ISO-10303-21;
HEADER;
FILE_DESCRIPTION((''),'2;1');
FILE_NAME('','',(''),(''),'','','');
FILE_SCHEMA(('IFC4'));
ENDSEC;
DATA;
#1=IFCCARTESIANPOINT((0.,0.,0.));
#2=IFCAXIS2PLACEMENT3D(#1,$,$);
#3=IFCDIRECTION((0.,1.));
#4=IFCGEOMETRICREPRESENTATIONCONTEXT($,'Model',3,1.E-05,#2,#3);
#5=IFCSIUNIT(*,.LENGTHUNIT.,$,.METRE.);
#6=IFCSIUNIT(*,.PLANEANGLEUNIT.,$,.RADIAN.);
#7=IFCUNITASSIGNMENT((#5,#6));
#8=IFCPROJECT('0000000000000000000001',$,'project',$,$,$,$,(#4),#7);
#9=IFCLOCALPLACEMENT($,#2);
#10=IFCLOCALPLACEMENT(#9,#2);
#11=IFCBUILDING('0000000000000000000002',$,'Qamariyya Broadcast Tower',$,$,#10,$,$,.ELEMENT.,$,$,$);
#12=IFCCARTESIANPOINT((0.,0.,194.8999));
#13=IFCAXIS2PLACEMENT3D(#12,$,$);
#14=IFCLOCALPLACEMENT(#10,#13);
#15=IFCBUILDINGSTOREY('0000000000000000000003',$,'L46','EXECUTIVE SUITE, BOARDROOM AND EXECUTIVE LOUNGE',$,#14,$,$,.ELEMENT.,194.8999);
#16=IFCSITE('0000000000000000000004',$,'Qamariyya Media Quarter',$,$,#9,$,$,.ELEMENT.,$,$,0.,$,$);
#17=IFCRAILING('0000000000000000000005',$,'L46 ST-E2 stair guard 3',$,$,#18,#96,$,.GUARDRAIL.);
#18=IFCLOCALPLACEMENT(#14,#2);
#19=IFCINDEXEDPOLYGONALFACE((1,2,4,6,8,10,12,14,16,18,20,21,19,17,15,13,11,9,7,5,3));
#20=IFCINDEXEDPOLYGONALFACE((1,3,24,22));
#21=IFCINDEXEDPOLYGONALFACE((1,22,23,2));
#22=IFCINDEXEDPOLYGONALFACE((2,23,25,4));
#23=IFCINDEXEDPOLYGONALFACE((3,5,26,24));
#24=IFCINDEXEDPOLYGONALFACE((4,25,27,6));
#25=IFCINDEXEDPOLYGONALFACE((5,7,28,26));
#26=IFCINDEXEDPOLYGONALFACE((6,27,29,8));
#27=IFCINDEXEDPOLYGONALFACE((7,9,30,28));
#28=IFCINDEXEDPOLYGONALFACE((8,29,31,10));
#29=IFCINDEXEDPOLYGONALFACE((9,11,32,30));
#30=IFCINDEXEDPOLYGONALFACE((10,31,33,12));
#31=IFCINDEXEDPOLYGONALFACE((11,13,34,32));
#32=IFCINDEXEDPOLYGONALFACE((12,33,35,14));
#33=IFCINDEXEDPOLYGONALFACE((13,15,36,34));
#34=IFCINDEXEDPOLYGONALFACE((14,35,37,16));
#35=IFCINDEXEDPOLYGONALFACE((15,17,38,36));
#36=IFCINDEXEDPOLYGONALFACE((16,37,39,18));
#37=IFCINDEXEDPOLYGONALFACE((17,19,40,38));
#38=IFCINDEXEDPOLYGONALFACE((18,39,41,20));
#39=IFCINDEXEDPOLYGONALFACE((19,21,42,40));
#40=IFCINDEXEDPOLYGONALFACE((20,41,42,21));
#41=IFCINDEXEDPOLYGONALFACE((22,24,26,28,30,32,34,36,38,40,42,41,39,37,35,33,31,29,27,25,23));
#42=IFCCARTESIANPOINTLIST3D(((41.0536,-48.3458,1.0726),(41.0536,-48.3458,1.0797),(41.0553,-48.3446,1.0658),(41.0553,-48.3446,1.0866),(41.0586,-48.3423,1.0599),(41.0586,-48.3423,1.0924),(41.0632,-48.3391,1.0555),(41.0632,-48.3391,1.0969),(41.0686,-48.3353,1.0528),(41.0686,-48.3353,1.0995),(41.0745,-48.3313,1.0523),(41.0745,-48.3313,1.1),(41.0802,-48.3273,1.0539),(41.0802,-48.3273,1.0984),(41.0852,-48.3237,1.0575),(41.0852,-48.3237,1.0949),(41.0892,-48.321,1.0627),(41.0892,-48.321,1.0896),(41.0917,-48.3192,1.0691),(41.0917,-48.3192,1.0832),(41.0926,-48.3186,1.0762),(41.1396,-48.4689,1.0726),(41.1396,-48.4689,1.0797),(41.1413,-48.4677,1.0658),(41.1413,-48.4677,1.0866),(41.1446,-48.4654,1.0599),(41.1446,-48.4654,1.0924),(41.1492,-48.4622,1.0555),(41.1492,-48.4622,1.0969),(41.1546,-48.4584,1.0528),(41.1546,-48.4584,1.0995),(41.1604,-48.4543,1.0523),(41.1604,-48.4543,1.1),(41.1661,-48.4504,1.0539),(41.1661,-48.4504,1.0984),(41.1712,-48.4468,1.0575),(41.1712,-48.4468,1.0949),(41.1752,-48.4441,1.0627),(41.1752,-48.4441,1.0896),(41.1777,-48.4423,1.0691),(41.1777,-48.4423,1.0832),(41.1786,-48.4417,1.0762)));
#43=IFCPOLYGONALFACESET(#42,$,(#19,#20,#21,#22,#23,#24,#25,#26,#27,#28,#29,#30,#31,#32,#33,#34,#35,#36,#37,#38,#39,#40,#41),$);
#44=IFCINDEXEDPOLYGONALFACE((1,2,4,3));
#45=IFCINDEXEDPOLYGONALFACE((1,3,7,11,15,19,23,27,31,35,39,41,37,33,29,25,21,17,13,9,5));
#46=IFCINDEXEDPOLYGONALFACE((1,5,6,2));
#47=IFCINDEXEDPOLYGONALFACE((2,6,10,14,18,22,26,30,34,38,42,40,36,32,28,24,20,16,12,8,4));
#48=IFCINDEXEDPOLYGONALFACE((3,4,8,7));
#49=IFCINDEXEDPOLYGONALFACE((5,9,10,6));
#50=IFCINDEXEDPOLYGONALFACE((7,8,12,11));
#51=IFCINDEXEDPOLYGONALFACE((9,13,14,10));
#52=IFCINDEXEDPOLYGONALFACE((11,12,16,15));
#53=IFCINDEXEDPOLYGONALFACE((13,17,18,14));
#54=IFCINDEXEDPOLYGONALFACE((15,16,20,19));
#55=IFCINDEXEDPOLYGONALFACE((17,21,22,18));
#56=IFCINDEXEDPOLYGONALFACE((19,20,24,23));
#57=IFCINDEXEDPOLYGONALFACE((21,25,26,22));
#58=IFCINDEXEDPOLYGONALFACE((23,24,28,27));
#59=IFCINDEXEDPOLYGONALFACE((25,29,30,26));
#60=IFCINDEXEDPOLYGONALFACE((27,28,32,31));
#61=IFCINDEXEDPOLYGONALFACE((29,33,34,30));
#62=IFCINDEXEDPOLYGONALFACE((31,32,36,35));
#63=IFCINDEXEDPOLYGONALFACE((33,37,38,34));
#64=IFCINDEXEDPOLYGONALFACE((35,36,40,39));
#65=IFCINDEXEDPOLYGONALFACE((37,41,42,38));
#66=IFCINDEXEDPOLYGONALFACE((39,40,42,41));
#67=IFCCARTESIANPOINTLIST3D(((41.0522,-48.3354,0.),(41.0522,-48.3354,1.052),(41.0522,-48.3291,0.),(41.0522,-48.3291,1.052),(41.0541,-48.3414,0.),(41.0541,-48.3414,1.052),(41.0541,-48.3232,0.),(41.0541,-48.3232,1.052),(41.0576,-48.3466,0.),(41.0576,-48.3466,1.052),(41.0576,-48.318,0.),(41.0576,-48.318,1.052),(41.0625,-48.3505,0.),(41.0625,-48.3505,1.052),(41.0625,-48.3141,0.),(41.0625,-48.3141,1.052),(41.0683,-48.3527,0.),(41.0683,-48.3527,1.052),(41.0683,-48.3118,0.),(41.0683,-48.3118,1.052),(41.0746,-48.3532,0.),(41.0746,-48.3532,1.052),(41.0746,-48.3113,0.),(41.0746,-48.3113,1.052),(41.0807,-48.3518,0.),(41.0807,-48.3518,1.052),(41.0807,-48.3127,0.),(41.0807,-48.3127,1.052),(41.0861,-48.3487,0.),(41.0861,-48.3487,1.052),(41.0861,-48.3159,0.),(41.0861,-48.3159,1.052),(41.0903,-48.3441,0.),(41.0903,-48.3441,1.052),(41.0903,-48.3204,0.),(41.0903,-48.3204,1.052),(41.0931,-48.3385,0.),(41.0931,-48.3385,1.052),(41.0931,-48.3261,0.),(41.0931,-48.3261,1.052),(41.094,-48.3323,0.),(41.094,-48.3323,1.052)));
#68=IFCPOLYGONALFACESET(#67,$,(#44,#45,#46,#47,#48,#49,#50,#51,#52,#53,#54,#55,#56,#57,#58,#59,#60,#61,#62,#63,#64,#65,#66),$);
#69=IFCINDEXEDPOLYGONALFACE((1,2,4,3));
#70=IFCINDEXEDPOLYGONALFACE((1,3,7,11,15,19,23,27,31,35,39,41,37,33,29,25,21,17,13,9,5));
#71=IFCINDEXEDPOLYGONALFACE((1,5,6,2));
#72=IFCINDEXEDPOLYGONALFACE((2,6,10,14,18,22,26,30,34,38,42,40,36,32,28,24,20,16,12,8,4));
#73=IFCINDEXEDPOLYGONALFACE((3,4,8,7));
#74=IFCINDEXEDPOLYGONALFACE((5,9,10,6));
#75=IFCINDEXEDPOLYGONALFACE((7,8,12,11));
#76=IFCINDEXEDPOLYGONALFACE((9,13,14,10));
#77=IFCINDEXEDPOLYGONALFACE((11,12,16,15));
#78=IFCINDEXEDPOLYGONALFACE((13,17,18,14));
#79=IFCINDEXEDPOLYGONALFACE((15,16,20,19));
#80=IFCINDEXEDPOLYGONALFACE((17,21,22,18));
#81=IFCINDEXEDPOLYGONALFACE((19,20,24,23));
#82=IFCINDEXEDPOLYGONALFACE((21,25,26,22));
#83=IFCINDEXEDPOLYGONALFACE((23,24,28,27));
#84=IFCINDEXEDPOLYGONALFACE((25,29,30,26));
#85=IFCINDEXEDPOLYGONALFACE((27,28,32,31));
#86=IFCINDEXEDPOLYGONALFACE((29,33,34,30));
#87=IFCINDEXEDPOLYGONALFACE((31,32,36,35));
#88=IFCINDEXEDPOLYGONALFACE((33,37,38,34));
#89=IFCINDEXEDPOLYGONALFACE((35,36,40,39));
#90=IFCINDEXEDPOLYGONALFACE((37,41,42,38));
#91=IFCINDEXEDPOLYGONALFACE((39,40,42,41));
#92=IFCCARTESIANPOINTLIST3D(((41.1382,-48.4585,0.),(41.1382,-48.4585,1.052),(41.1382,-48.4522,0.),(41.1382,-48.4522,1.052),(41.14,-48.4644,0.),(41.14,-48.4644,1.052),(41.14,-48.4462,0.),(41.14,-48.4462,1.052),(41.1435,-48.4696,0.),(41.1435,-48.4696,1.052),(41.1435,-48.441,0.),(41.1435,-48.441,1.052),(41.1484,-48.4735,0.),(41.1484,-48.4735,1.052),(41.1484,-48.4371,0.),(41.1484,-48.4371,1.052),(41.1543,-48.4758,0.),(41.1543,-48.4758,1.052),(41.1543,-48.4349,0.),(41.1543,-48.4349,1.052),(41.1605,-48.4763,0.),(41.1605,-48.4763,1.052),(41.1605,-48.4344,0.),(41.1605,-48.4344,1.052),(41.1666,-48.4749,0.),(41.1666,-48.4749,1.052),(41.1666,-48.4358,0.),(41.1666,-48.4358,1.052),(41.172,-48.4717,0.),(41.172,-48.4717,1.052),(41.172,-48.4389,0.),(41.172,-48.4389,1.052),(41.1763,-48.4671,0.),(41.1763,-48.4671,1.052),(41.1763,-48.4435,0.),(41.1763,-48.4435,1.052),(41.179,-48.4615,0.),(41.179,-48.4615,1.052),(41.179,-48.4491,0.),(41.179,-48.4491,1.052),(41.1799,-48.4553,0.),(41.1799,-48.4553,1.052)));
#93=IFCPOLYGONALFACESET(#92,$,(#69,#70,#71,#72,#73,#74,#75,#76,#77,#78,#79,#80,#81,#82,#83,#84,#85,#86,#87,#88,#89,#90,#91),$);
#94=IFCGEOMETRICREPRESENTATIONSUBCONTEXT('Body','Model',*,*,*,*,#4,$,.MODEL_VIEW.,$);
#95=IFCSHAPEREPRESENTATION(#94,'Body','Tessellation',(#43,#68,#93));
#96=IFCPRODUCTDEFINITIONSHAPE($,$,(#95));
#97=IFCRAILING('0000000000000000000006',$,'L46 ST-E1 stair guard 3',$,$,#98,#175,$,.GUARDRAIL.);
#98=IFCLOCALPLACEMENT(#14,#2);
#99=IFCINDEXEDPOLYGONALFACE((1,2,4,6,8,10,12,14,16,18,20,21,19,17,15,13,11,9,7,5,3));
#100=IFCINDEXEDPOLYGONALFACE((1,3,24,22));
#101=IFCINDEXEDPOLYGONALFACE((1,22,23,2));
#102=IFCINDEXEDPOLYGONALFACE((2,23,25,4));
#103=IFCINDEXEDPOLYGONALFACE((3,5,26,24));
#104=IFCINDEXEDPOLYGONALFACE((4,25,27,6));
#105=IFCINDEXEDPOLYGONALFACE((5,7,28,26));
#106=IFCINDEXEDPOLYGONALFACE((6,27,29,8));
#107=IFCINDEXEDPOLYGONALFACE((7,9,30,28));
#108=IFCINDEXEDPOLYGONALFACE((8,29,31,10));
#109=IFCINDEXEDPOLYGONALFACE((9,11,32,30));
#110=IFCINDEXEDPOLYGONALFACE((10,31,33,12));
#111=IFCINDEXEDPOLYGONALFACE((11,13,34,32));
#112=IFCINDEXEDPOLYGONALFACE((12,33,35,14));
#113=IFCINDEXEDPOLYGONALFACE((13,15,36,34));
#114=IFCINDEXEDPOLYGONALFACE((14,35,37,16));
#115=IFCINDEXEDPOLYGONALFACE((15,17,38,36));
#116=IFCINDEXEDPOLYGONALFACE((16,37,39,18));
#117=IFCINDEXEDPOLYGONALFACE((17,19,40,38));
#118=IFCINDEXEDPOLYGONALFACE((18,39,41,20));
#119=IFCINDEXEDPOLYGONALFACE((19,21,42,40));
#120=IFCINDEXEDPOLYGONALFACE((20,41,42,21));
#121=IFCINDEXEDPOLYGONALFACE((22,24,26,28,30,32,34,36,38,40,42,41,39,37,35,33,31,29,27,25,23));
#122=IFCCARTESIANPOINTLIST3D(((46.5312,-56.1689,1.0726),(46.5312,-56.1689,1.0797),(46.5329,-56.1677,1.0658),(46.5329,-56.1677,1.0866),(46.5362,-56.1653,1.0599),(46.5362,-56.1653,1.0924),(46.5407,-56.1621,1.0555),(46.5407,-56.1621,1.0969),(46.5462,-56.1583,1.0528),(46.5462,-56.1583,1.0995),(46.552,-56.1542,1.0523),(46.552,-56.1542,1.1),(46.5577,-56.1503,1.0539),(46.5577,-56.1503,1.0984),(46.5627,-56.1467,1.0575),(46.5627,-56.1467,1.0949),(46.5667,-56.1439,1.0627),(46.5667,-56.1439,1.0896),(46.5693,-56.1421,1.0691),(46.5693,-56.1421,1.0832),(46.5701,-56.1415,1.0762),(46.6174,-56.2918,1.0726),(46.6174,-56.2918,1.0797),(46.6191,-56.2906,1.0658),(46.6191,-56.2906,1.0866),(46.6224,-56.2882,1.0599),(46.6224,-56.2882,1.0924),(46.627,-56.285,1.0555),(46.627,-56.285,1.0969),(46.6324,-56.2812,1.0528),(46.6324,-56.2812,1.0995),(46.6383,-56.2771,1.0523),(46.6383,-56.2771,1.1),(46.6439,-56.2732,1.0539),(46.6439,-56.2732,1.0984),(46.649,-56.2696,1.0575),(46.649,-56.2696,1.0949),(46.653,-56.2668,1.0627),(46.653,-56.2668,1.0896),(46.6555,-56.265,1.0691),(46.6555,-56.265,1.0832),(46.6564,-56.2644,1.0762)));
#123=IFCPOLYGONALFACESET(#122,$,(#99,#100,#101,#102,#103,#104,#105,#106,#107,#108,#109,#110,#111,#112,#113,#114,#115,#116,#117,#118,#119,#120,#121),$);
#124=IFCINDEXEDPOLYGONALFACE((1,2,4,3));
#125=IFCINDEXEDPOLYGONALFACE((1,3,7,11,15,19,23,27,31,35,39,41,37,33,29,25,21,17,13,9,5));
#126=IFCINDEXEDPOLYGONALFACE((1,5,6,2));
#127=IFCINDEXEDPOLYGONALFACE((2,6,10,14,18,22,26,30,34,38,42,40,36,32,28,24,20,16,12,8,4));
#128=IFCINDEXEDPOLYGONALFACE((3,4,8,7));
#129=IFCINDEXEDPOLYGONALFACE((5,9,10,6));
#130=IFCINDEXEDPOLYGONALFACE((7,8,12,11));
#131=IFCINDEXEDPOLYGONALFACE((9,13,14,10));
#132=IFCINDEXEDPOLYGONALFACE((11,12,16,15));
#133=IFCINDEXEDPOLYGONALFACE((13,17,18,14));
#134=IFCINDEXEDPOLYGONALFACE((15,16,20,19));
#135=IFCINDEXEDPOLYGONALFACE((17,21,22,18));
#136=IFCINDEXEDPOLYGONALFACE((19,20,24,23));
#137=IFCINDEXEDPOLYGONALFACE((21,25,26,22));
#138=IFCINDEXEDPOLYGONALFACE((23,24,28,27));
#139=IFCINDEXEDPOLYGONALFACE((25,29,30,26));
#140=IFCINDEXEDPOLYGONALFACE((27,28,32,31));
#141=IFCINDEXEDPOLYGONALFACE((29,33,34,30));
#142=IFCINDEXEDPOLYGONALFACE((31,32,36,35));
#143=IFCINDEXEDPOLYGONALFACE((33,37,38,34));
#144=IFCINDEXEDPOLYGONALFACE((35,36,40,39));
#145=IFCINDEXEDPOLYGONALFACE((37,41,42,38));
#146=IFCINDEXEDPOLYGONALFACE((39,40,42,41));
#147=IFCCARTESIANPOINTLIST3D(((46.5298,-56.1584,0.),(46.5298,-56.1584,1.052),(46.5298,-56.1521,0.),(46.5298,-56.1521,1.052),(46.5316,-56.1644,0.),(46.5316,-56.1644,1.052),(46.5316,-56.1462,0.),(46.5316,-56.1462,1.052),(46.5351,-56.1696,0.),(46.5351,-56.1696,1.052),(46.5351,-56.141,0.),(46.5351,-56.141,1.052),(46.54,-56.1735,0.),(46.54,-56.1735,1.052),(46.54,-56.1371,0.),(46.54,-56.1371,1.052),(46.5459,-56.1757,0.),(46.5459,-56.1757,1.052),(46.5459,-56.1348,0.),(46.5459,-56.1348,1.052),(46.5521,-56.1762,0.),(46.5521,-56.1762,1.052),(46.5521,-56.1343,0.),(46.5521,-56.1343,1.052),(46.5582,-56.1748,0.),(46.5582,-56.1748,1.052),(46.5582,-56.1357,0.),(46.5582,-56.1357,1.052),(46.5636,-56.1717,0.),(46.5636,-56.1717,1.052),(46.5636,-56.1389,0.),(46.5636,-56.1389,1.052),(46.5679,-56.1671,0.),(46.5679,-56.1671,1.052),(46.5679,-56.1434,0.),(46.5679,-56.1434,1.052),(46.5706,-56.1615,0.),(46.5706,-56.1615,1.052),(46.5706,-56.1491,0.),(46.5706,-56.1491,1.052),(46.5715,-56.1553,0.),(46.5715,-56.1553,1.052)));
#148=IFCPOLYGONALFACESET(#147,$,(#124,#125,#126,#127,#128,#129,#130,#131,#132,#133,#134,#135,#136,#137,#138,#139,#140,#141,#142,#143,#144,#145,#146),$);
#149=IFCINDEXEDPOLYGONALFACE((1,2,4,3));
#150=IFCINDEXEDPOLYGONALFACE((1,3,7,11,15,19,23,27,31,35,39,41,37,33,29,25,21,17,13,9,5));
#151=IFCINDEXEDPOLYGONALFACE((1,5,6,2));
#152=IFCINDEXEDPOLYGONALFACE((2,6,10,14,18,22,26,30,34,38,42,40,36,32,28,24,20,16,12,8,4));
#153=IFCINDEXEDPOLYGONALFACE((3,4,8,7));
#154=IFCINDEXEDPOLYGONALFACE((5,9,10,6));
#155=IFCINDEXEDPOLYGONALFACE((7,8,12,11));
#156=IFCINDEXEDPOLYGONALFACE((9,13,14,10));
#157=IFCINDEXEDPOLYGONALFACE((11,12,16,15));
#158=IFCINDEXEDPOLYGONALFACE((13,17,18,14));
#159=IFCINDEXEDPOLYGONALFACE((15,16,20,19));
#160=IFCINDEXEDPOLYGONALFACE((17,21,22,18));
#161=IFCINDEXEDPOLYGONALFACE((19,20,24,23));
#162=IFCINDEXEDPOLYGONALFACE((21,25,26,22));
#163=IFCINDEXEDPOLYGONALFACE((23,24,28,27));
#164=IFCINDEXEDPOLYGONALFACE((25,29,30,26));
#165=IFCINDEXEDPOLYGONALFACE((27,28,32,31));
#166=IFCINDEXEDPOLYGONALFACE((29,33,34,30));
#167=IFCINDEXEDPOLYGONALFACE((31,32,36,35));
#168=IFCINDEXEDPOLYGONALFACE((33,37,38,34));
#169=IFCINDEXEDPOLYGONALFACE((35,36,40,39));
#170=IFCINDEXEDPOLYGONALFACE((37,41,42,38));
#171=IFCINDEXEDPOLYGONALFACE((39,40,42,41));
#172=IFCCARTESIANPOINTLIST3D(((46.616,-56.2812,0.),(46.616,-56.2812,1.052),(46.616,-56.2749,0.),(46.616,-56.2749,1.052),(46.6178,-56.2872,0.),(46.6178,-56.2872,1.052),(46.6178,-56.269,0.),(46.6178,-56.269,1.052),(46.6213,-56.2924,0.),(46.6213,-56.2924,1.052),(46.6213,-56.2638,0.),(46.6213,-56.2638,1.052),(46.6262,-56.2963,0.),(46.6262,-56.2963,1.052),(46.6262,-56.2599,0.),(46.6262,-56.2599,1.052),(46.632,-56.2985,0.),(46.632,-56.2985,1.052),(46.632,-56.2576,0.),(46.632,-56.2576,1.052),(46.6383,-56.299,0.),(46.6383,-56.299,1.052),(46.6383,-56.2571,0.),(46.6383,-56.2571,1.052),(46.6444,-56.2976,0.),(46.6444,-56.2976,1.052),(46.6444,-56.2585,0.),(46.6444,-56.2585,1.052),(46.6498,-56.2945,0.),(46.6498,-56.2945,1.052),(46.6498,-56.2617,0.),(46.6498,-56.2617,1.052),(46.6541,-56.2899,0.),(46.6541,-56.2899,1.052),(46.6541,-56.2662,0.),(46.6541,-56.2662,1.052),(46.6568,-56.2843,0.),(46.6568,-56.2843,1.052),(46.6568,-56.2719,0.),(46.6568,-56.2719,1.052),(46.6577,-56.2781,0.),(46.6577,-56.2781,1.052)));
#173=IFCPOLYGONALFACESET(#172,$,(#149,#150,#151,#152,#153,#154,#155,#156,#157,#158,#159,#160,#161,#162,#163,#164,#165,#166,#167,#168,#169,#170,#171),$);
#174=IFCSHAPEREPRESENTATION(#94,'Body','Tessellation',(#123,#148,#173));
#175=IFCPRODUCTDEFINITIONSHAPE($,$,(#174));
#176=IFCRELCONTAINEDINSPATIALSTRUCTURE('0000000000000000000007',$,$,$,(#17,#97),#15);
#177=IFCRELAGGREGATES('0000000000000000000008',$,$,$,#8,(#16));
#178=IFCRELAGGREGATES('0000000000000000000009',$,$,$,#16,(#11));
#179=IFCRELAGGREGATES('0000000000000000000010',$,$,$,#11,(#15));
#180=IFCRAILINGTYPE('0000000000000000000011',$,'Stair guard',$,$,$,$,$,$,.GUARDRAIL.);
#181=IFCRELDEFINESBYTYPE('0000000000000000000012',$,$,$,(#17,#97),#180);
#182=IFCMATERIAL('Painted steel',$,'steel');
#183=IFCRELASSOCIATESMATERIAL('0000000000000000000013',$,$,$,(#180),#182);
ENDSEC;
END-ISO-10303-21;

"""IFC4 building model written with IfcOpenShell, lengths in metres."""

from ifc_helpers import new_model, si_unit, direction, frame, origin, origin_2d, place, context, subcontext, project, spatial, circle, extrude, material, type_object, element, save


model = new_model("IFC4")

# Units and contexts
model_context = context("Model", 3, precision=1e-05, world=origin(), true_north=direction((0.0, 1.0)))
body_context = subcontext(model_context, "Body", "Model", "MODEL_VIEW")
ifc_project = project(units=[si_unit("LENGTHUNIT", "METRE"), si_unit("PLANEANGLEUNIT", "RADIAN")], contexts=[model_context])

# Site, building, storey
site_placement = place(None, origin())
site = spatial("IfcSite", under=ifc_project, at=site_placement, Name="Qamariyya Media Quarter", CompositionType="ELEMENT", RefElevation=0.0)
building_placement = place(site_placement, origin())
building = spatial("IfcBuilding", under=site, at=building_placement, Name="Qamariyya Broadcast Tower", CompositionType="ELEMENT")
storey_placement = place(building_placement, frame((0.0, 0.0, 194.8999)))
storey = spatial("IfcBuildingStorey", under=building, at=storey_placement, Name="L46", Description="EXECUTIVE SUITE, BOARDROOM AND EXECUTIVE LOUNGE", CompositionType="ELEMENT", Elevation=194.8999)

# Railings
ifc_material_1 = material(Name="Painted steel", Category="steel")
railing_type_1 = type_object("IfcRailingType", Name="Stair guard", PredefinedType="GUARDRAIL", material=ifc_material_1)
railing_1_placement = place(storey_placement, frame((41.073, -48.3323, 0.0)))
element("IfcRailing", 1, at=railing_1_placement, inside=storey, type_object=railing_type_1, Name="L46 ST-E2 stair guard 3", PredefinedType="GUARDRAIL", context=body_context, shape_type="SweptSolid", body=[
    extrude(circle(Radius=0.0239, at=origin_2d()), frame((0.0, 0.0, 1.0762), z_axis=(0.572589, -0.819843, 0.0), x_axis=(0.819843, 0.572589, 0.0)), (0.0, 0.0, 1.0), 0.1501),
    extrude(circle(Radius=0.021, at=origin_2d()), origin(), (0.0, 0.0, 1.0), 1.052),
    extrude(circle(Radius=0.021, at=origin_2d()), frame((0.0859, -0.123, 0.0)), (0.0, 0.0, 1.0), 1.052),
])
railing_2_placement = place(storey_placement, frame((46.5505, -56.1553, 0.0)))
element("IfcRailing", 2, at=railing_2_placement, inside=storey, type_object=railing_type_1, Name="L46 ST-E1 stair guard 3", PredefinedType="GUARDRAIL", context=body_context, shape_type="SweptSolid", body=[
    extrude(circle(Radius=0.0239, at=origin_2d()), frame((0.0, 0.0, 1.0762), z_axis=(0.574445, -0.818543, 0.0), x_axis=(0.818543, 0.574445, 0.0)), (0.0, 0.0, 1.0), 0.1501),
    extrude(circle(Radius=0.021, at=origin_2d()), origin(), (0.0, 0.0, 1.0), 1.052),
    extrude(circle(Radius=0.021, at=origin_2d()), frame((0.0862, -0.1228, 0.0)), (0.0, 0.0, 1.0), 1.052),
])

save(model, "model.ifc")
